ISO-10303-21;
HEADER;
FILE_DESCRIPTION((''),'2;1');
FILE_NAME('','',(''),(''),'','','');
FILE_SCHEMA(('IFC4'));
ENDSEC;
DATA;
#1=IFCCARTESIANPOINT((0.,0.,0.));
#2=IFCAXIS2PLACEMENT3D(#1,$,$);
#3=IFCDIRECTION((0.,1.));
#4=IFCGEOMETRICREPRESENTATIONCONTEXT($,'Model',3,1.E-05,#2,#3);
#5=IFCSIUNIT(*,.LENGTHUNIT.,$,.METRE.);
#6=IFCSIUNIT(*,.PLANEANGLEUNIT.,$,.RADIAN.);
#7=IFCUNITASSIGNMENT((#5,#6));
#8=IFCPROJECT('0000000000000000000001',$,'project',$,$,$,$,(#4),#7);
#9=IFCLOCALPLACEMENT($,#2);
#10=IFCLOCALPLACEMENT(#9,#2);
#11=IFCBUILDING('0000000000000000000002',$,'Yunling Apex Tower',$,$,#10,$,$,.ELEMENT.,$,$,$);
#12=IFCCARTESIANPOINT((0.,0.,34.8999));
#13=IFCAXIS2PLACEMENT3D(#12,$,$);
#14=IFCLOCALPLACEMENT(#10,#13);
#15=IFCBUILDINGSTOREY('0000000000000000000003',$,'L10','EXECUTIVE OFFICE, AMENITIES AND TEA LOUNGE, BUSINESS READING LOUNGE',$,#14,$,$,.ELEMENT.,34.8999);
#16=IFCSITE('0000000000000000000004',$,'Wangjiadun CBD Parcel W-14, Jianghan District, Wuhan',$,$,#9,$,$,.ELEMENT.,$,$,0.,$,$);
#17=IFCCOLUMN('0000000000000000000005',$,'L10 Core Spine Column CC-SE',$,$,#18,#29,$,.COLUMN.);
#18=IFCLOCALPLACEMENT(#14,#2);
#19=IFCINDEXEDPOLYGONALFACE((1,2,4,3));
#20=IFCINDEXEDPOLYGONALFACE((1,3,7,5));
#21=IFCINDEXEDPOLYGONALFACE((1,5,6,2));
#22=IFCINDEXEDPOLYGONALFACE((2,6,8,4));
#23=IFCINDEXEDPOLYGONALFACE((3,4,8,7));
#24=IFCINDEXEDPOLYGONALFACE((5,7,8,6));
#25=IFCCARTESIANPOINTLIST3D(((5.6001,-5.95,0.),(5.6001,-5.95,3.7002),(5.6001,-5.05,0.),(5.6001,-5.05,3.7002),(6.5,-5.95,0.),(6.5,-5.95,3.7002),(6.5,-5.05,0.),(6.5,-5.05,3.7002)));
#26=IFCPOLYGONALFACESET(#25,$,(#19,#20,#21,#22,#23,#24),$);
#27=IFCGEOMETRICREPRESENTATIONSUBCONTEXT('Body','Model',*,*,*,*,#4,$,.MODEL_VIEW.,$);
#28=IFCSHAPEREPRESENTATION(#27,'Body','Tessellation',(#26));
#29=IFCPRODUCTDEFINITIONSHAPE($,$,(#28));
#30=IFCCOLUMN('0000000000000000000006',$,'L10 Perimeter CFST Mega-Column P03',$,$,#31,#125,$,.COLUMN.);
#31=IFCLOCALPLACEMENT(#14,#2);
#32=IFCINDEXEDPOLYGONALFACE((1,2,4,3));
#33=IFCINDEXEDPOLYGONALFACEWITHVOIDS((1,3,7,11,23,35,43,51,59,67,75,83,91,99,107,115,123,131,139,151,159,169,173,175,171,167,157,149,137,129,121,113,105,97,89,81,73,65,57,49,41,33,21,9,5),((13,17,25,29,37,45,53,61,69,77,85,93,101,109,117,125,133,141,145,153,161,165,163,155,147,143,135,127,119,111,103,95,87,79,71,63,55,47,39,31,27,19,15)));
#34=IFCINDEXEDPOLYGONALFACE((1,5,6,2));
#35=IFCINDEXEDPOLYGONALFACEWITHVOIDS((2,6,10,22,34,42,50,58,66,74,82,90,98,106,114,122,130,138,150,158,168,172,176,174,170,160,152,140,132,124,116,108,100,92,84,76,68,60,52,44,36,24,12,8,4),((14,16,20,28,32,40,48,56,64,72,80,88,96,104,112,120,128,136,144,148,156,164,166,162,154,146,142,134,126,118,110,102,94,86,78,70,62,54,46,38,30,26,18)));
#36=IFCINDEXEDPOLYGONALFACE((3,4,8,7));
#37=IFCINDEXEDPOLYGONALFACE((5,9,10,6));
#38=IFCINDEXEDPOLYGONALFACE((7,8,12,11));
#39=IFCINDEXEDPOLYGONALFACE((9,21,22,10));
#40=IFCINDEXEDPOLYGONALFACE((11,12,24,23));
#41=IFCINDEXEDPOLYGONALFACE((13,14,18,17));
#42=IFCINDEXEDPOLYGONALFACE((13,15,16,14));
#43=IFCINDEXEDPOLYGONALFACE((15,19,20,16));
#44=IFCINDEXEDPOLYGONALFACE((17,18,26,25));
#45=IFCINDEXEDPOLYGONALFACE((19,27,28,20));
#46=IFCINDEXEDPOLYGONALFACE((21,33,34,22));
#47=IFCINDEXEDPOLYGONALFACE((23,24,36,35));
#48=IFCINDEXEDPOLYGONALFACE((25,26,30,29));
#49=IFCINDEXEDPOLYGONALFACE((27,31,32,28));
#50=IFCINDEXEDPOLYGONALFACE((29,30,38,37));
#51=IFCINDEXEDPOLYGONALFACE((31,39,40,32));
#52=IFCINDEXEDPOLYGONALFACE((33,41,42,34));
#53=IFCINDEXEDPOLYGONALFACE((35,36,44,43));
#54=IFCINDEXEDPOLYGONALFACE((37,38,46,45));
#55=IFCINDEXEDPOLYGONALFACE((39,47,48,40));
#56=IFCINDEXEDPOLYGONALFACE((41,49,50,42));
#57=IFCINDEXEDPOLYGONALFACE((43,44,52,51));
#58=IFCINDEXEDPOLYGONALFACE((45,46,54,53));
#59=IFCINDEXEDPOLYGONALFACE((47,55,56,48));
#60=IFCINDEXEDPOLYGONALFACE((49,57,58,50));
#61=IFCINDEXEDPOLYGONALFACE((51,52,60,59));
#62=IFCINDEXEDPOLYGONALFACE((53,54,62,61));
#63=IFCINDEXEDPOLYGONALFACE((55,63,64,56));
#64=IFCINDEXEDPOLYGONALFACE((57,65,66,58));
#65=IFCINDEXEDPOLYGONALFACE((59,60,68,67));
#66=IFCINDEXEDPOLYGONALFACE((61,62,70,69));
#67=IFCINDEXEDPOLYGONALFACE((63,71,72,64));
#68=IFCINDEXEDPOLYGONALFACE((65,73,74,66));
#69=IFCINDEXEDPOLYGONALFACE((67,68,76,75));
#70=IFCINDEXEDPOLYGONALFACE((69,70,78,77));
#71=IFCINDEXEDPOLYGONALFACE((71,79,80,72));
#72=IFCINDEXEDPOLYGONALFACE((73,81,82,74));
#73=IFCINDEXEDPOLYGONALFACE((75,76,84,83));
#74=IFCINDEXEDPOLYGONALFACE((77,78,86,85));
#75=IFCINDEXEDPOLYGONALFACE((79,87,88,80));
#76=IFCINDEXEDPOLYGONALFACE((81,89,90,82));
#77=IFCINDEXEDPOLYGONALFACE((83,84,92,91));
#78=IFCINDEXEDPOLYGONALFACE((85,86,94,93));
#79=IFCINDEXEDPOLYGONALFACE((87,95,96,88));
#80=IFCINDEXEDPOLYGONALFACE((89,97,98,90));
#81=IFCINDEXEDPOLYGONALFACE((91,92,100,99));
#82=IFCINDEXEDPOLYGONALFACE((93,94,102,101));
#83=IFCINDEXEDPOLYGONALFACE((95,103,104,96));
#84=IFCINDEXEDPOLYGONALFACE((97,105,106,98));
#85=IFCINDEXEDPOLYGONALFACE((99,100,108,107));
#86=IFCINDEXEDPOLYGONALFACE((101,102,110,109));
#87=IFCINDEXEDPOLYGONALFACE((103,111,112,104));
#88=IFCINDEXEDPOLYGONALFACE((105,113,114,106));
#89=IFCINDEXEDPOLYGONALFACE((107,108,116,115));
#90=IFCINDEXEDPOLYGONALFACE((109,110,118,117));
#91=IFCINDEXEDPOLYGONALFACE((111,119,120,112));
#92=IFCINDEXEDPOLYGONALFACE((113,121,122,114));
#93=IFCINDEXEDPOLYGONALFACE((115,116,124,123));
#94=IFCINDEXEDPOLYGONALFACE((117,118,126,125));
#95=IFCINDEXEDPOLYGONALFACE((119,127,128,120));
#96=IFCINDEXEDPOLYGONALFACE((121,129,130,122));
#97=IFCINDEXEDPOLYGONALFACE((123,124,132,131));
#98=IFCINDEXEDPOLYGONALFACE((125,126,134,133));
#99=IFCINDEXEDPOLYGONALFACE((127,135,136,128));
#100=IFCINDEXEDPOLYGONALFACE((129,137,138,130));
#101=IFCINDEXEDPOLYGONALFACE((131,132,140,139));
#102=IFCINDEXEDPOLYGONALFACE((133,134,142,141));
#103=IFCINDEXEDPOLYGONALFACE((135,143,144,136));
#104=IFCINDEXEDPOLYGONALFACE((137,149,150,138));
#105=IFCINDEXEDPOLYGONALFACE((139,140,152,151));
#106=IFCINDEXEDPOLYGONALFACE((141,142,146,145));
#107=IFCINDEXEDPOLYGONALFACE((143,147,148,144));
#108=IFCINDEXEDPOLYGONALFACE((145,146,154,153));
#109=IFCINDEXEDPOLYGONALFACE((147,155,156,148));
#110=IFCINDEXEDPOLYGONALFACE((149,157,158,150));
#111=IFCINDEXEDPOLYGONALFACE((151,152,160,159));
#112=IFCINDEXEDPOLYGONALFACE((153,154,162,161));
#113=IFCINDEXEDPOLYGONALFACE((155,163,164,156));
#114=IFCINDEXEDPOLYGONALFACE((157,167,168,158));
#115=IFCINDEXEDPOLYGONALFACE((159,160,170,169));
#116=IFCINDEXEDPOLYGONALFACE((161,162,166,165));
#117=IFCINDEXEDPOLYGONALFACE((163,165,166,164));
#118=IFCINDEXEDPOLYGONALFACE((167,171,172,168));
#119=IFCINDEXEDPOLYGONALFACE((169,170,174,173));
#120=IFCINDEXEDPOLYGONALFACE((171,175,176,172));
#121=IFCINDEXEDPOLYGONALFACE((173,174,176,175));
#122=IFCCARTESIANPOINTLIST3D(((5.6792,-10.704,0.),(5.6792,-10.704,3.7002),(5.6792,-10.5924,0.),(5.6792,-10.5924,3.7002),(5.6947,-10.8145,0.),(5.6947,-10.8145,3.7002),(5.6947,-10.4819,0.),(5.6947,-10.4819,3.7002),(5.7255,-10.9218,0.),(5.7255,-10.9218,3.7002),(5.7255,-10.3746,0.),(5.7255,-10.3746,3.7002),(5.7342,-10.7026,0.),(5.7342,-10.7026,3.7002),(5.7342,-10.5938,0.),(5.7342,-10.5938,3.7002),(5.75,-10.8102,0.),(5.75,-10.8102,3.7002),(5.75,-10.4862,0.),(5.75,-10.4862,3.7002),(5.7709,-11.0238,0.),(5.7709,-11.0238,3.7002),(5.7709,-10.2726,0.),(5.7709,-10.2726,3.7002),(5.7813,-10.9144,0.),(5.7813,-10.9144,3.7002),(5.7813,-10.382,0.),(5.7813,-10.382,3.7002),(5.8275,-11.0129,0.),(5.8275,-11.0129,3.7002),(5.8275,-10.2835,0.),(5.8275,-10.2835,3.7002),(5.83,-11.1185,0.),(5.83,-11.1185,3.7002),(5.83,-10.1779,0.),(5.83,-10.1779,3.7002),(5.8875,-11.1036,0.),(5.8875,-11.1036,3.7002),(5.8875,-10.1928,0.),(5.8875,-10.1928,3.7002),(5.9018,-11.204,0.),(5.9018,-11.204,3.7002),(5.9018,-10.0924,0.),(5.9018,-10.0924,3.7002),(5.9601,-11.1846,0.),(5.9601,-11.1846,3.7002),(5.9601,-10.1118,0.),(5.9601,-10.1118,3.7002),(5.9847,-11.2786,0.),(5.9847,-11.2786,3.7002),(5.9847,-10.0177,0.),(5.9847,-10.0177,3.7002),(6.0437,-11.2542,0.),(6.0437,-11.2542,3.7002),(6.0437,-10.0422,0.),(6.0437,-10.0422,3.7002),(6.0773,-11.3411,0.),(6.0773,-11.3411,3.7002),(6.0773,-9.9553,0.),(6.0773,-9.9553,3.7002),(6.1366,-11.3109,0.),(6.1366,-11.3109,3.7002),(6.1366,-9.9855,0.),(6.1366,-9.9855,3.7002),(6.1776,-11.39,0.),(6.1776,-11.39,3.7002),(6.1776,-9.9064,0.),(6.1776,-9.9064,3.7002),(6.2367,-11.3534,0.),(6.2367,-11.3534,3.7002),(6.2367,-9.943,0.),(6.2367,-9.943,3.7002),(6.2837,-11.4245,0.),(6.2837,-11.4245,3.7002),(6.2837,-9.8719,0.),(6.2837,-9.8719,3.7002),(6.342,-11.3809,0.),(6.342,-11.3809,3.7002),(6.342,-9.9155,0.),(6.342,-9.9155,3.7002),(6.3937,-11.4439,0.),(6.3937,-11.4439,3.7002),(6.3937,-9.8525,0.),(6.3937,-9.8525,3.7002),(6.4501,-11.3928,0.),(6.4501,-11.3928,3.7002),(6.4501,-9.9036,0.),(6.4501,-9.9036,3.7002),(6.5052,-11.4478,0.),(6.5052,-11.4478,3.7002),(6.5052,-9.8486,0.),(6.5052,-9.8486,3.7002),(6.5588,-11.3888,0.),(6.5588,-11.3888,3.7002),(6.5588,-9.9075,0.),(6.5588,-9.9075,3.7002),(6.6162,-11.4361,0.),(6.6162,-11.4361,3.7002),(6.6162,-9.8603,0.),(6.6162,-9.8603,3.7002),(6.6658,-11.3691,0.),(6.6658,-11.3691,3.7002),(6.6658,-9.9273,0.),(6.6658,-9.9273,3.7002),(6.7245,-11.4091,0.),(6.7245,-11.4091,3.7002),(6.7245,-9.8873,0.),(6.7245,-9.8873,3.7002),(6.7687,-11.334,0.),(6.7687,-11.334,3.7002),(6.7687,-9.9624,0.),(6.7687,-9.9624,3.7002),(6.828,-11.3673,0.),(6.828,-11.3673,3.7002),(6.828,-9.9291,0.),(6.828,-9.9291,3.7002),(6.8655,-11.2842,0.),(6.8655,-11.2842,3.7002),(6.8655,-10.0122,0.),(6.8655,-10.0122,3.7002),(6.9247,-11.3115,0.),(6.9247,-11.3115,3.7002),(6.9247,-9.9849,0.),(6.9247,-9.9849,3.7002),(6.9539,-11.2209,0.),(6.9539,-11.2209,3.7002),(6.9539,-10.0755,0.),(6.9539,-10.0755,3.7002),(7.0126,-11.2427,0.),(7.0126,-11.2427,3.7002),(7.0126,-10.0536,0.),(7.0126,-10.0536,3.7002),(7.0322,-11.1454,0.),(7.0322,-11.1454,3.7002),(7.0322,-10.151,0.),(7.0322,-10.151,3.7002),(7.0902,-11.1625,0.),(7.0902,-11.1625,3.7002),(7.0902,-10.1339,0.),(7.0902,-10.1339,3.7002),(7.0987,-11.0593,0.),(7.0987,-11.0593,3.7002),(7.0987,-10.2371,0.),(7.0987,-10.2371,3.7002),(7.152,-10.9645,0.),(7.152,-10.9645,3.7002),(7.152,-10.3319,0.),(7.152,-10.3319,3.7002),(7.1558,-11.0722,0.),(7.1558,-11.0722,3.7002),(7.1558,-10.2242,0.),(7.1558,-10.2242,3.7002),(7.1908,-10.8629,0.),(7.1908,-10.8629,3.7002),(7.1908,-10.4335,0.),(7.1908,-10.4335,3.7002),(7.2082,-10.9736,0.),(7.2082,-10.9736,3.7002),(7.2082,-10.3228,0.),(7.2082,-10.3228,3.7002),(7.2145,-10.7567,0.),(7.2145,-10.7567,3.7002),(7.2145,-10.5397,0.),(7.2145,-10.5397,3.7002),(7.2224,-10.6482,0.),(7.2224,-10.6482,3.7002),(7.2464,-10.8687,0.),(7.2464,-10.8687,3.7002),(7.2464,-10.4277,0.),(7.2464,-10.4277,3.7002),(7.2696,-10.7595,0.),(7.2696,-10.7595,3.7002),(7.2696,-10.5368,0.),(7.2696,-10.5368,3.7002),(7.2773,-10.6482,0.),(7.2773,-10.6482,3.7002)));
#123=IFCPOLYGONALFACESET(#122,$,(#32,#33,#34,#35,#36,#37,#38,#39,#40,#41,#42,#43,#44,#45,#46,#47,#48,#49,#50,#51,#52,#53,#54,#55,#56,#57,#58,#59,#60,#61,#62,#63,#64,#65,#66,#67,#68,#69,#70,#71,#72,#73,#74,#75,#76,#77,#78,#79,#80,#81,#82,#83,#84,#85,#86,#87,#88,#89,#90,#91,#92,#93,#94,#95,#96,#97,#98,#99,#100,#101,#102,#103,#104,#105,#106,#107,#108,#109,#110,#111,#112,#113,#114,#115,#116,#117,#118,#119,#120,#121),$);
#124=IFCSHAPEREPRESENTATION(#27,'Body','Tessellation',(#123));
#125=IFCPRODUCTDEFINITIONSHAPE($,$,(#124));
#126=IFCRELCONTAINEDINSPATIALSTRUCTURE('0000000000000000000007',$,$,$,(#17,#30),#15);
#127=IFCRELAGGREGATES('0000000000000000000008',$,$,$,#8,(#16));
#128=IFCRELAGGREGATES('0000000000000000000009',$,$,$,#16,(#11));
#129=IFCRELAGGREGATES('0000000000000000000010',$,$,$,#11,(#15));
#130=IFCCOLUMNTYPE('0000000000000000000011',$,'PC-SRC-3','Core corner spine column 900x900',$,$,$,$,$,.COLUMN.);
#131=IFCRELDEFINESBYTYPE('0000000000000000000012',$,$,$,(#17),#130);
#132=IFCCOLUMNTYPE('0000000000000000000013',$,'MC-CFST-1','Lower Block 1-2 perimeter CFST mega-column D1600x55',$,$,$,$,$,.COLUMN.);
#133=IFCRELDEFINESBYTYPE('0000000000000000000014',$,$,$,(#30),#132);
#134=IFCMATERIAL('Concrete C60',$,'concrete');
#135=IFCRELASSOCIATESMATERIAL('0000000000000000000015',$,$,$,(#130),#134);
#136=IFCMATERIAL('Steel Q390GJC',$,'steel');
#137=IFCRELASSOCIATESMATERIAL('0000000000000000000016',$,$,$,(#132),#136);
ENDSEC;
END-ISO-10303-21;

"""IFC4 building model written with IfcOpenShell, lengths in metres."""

from ifc_helpers import new_model, si_unit, direction, frame, origin, origin_2d, place, context, subcontext, project, spatial, rectangle, hollow_circle, extrude, source, transform, mapped, material, material_profile, profile_set, type_object, element, save


model = new_model("IFC4")

# Units and contexts
model_context = context("Model", 3, precision=1e-05, world=origin(), true_north=direction((0.0, 1.0)))
body_context = subcontext(model_context, "Body", "Model", "MODEL_VIEW")
ifc_project = project(units=[si_unit("LENGTHUNIT", "METRE"), si_unit("PLANEANGLEUNIT", "RADIAN")], contexts=[model_context])

# Site, building, storey
site_placement = place(None, origin())
site = spatial("IfcSite", under=ifc_project, at=site_placement, Name="Wangjiadun CBD Parcel W-14, Jianghan District, Wuhan", CompositionType="ELEMENT", RefElevation=0.0)
building_placement = place(site_placement, origin())
building = spatial("IfcBuilding", under=site, at=building_placement, Name="Yunling Apex Tower", CompositionType="ELEMENT")
storey_placement = place(building_placement, frame((0.0, 0.0, 34.8999)))
storey = spatial("IfcBuildingStorey", under=building, at=storey_placement, Name="L10", Description="EXECUTIVE OFFICE, AMENITIES AND TEA LOUNGE, BUSINESS READING LOUNGE", CompositionType="ELEMENT", Elevation=34.8999)

# Columns
ifc_material_1 = material(Name="Concrete C60", Category="concrete")
ifc_material_profile_1 = material_profile(ifc_material_1, rectangle(XDim=0.8999, YDim=0.8999, at=origin_2d()))
ifc_profile_set_1 = profile_set([ifc_material_profile_1], Name="Concrete C60")
column_type_1 = type_object("IfcColumnType", Name="PC-SRC-3", Description="Core corner spine column 900x900", PredefinedType="COLUMN", material=ifc_profile_set_1)
shared_shape_1 = source(origin(), body_context, "Body", "SweptSolid", [
    extrude(rectangle(XDim=0.8999, YDim=0.8999, at=origin_2d()), origin(), (0.0, 0.0, 1.0), 3.7002),
])
column_placement = place(storey_placement, frame((6.05, -5.5, 0.0), z_axis=(0.0, 0.0, 1.0), x_axis=(1.0, 0.0, 0.0)))
element("IfcColumn", 1, at=column_placement, inside=storey, type_object=column_type_1, Name="L10 Core Spine Column CC-SE", PredefinedType="COLUMN", context=body_context, shape_type="MappedRepresentation", body=[
    mapped(shared_shape_1, transform((0.0, 0.0, 0.0), scale=1.0)),
])
ifc_material_2 = material(Name="Steel Q390GJC", Category="steel")
ifc_material_profile_2 = material_profile(ifc_material_2, hollow_circle(Radius=0.8, WallThickness=0.0549, at=origin_2d()))
ifc_profile_set_2 = profile_set([ifc_material_profile_2], Name="Steel Q390GJC")
column_type_2 = type_object("IfcColumnType", Name="MC-CFST-1", Description="Lower Block 1-2 perimeter CFST mega-column D1600x55", PredefinedType="COLUMN", material=ifc_profile_set_2)
shared_shape_2 = source(origin(), body_context, "Body", "SweptSolid", [
    extrude(hollow_circle(Radius=0.8, WallThickness=0.0549, at=origin_2d()), origin(), (0.0, 0.0, 1.0), 3.7002),
])
for number, where, z_axis, x_axis, name in (
    (2, (6.4773, -10.6482, 0.0), (0.0, 0.0, 1.0), (1.0, 0.0, 0.0), "L10 Perimeter CFST Mega-Column P03"),
):
    element("IfcColumn", number, at=place(storey_placement, frame(where, z_axis=z_axis, x_axis=x_axis)), inside=storey, type_object=column_type_2, Name=name, PredefinedType="COLUMN", context=body_context, shape_type="MappedRepresentation", body=[
        mapped(shared_shape_2, transform((0.0, 0.0, 0.0), scale=1.0)),
    ])

save(model, "model.ifc")
